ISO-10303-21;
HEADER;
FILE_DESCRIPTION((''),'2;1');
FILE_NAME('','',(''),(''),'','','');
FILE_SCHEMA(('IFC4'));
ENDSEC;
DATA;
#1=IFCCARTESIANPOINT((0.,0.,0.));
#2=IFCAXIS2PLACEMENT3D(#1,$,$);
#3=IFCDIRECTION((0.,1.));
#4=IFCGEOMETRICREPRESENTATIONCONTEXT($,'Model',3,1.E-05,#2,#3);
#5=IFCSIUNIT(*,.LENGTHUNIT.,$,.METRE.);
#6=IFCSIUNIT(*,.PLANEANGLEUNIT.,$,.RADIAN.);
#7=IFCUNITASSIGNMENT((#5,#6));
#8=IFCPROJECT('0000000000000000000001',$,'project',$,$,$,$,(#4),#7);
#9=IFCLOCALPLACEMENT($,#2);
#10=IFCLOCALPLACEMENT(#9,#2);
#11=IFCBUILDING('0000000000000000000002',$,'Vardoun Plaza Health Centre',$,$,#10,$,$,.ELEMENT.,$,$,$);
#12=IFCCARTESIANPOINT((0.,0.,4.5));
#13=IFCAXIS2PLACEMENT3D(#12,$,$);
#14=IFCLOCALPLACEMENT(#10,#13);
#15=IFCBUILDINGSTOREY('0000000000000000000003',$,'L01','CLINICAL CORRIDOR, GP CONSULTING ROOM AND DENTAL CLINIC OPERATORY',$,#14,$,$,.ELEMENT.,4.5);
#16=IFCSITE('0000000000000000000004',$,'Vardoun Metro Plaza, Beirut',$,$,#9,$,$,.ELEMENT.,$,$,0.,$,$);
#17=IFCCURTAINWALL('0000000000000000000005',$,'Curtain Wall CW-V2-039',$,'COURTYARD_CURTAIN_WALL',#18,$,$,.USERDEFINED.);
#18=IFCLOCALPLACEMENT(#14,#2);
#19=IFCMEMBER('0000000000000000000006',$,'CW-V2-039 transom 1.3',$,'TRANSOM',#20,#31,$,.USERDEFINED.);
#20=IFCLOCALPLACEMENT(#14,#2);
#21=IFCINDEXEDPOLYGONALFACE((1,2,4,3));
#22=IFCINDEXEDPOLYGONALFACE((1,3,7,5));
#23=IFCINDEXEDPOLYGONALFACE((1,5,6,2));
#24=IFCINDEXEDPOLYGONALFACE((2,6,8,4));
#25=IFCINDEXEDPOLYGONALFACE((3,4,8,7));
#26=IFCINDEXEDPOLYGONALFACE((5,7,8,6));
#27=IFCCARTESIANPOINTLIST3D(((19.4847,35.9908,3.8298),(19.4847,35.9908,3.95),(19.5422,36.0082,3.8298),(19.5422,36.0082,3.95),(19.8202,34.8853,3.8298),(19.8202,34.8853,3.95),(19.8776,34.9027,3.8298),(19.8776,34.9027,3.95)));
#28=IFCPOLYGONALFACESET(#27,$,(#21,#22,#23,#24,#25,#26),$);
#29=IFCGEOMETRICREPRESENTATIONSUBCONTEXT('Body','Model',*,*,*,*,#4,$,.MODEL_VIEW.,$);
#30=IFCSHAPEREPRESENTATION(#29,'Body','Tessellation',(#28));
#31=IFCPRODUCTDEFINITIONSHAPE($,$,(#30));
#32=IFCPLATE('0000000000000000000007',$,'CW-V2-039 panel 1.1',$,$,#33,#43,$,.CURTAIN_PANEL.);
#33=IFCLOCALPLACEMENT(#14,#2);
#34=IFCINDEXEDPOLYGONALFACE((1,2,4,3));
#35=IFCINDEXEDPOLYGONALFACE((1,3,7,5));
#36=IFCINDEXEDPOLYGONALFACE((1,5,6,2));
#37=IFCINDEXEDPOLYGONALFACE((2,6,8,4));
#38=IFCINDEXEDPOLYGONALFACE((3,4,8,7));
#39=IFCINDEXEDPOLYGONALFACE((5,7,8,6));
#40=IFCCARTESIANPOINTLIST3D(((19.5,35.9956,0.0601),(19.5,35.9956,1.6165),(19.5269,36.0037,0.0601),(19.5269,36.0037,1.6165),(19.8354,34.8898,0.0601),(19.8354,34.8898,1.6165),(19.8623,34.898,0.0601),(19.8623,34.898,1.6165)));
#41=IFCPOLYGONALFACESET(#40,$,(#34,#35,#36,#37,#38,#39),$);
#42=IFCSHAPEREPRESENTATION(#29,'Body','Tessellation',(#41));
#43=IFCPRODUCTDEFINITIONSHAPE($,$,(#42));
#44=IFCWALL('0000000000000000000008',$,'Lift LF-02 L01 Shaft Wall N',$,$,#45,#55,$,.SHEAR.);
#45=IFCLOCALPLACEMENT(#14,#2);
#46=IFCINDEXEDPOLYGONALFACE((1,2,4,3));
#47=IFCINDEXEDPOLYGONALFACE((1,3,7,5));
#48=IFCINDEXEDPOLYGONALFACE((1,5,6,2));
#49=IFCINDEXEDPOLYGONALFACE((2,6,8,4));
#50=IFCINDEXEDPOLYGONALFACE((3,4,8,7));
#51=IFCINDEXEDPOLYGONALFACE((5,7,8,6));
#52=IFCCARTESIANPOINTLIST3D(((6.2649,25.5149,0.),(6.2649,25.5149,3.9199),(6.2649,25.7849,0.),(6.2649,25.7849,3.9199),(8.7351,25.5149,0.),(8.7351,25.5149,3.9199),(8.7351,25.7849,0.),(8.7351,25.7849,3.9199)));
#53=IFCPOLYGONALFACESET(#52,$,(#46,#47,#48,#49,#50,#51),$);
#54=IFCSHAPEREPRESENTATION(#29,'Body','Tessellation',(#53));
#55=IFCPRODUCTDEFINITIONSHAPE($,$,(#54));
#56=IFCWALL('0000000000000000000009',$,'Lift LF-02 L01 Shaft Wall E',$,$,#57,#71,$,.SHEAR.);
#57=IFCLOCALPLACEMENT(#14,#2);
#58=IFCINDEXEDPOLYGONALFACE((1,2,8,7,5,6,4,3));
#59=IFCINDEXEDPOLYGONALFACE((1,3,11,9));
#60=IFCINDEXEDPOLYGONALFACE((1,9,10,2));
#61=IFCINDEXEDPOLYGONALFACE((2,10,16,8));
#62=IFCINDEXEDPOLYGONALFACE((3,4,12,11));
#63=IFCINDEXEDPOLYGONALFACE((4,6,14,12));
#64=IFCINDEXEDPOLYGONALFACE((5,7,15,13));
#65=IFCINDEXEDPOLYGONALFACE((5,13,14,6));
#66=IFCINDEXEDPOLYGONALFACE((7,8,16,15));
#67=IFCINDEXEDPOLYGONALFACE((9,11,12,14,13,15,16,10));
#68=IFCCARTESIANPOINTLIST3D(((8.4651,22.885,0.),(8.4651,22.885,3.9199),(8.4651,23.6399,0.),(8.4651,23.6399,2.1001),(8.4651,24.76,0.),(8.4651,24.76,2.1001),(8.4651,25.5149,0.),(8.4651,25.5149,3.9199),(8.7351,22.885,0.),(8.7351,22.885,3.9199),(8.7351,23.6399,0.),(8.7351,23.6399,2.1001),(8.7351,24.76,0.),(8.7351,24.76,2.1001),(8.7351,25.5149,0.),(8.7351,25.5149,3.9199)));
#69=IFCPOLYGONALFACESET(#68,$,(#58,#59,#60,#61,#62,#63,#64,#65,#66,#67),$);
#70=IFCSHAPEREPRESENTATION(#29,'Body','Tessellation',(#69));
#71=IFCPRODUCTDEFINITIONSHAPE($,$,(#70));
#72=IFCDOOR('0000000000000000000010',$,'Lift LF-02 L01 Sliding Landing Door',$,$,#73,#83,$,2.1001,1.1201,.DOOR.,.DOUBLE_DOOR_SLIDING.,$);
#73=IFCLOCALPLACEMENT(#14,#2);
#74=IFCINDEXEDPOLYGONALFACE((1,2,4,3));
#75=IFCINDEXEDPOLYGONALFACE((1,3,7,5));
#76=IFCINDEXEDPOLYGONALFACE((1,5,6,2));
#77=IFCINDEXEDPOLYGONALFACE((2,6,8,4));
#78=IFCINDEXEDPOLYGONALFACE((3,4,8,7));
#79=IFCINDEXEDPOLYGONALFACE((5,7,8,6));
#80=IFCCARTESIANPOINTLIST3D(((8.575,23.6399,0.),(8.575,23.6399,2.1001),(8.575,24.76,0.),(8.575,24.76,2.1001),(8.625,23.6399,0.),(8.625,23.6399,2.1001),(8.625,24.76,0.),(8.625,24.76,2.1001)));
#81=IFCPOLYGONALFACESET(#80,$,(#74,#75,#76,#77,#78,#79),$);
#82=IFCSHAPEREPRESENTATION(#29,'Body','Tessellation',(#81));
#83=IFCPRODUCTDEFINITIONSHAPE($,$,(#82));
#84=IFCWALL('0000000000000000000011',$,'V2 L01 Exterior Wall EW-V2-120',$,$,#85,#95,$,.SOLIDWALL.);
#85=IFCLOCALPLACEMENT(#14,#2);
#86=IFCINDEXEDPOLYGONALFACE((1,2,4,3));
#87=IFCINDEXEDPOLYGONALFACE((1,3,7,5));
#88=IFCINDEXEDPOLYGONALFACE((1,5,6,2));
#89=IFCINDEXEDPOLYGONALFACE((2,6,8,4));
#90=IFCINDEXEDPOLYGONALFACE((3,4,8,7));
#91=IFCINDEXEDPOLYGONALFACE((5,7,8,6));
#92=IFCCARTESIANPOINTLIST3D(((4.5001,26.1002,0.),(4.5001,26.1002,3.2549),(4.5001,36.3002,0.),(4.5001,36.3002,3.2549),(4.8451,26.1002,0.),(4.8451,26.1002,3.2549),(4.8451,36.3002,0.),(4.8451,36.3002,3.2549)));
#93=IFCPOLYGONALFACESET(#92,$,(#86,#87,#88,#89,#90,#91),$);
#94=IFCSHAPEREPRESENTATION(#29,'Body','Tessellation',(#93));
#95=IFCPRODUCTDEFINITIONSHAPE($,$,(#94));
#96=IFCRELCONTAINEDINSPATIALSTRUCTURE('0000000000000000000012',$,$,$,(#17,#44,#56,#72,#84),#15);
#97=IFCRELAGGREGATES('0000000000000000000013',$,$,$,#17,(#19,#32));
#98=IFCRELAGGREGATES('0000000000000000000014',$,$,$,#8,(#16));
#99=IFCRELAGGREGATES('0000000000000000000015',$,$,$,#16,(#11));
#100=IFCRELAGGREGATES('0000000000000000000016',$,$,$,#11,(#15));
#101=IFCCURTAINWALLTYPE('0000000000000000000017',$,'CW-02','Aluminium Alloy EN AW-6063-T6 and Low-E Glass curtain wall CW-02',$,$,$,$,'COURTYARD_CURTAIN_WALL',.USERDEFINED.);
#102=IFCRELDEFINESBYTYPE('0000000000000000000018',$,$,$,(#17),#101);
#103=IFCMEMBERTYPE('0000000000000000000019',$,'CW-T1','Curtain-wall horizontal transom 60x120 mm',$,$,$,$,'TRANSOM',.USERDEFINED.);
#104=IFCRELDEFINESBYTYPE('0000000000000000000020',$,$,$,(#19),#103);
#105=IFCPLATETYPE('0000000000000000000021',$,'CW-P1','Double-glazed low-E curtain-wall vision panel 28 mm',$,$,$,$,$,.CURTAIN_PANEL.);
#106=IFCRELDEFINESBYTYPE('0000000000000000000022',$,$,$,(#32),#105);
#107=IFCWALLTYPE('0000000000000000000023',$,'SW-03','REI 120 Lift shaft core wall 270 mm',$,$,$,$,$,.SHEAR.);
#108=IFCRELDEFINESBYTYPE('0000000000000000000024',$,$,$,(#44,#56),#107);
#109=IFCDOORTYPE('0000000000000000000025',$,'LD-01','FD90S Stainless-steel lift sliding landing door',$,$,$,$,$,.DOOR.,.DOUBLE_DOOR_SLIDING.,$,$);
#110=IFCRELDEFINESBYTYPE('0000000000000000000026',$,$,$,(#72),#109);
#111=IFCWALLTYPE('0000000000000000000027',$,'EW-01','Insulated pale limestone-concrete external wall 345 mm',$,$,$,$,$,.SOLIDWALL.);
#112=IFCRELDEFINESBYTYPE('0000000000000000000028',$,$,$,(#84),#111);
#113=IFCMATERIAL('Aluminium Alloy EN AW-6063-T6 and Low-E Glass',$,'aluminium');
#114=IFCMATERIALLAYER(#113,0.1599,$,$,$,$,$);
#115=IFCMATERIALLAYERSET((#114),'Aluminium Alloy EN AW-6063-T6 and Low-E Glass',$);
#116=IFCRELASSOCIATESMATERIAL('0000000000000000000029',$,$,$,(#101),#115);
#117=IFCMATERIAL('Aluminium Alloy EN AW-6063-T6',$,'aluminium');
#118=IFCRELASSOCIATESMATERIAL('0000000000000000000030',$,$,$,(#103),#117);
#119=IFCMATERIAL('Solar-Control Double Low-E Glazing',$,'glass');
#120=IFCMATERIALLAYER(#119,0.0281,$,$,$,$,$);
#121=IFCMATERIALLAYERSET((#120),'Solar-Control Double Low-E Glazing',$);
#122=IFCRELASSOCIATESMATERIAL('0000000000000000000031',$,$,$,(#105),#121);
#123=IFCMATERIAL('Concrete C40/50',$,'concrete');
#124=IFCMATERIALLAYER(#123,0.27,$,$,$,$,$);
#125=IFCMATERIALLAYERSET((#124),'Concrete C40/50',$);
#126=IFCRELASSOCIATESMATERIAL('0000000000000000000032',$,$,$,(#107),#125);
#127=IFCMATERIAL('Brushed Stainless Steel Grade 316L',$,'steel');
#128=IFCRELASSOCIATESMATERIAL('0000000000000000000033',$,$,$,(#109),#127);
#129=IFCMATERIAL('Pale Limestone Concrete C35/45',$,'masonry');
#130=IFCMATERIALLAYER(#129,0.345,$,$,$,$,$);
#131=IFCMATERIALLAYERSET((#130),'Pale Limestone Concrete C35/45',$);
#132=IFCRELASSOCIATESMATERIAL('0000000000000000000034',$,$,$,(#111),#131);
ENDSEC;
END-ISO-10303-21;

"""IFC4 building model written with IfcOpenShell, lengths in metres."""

from ifc_helpers import new_model, si_unit, direction, frame, frame_2d, origin, origin_2d, place, context, subcontext, project, spatial, rectangle, extrude, material, layer, layer_set, material_profile, profile_set, type_object, element, fill, aggregate, save


model = new_model("IFC4")

# Units and contexts
model_context = context("Model", 3, precision=1e-05, world=origin(), true_north=direction((0.0, 1.0)))
body_context = subcontext(model_context, "Body", "Model", "MODEL_VIEW")
ifc_project = project(units=[si_unit("LENGTHUNIT", "METRE"), si_unit("PLANEANGLEUNIT", "RADIAN")], contexts=[model_context])

# Site, building, storey
site_placement = place(None, origin())
site = spatial("IfcSite", under=ifc_project, at=site_placement, Name="Vardoun Metro Plaza, Beirut", CompositionType="ELEMENT", RefElevation=0.0)
building_placement = place(site_placement, origin())
building = spatial("IfcBuilding", under=site, at=building_placement, Name="Vardoun Plaza Health Centre", CompositionType="ELEMENT")
storey_placement = place(building_placement, frame((0.0, 0.0, 4.5)))
storey = spatial("IfcBuildingStorey", under=building, at=storey_placement, Name="L01", Description="CLINICAL CORRIDOR, GP CONSULTING ROOM AND DENTAL CLINIC OPERATORY", CompositionType="ELEMENT", Elevation=4.5)

# Curtain wall, member, plate
ifc_material_1 = material(Name="Aluminium Alloy EN AW-6063-T6 and Low-E Glass", Category="aluminium")
ifc_layer_1 = layer(ifc_material_1, 0.1599)
ifc_layer_set_1 = layer_set([ifc_layer_1], Name="Aluminium Alloy EN AW-6063-T6 and Low-E Glass")
curtain_wall_type = type_object("IfcCurtainWallType", Name="CW-02", Description="Aluminium Alloy EN AW-6063-T6 and Low-E Glass curtain wall CW-02", ElementType="COURTYARD_CURTAIN_WALL", PredefinedType="USERDEFINED", material=ifc_layer_set_1)
curtain_wall_placement = place(storey_placement, origin())
curtain_wall = element("IfcCurtainWall", 1, at=curtain_wall_placement, inside=storey, type_object=curtain_wall_type, Name="Curtain Wall CW-V2-039", ObjectType="COURTYARD_CURTAIN_WALL", PredefinedType="USERDEFINED")
ifc_material_2 = material(Name="Aluminium Alloy EN AW-6063-T6", Category="aluminium")
ifc_material_profile_1 = material_profile(ifc_material_2, rectangle(XDim=0.0601, YDim=0.1201, at=origin_2d()), Name="CWT 60x120")
ifc_profile_set_1 = profile_set([ifc_material_profile_1], Name="Aluminium Alloy EN AW-6063-T6")
member_type_1 = type_object("IfcMemberType", Name="CW-T1", Description="Curtain-wall horizontal transom 60x120 mm", ElementType="TRANSOM", PredefinedType="USERDEFINED", material=ifc_profile_set_1)
member_1_placement = place(storey_placement, frame((19.5134, 35.9995, 3.8899), z_axis=(0.290371, -0.956914, 0.0), x_axis=(0.956914, 0.290371, 0.0)))
member_1 = element("IfcMember", 2, at=member_1_placement, type_object=member_type_1, Name="CW-V2-039 transom 1.3", ObjectType="TRANSOM", PredefinedType="USERDEFINED", context=body_context, shape_type="SweptSolid", body=[
    extrude(rectangle(XDim=0.0601, YDim=0.1201, at=origin_2d()), origin(), (0.0, 0.0, 1.0), 1.1553),
])
ifc_material_3 = material(Name="Solar-Control Double Low-E Glazing", Category="glass")
ifc_layer_2 = layer(ifc_material_3, 0.0281)
ifc_layer_set_2 = layer_set([ifc_layer_2], Name="Solar-Control Double Low-E Glazing")
plate_type = type_object("IfcPlateType", Name="CW-P1", Description="Double-glazed low-E curtain-wall vision panel 28 mm", PredefinedType="CURTAIN_PANEL", material=ifc_layer_set_2)
plate_placement = place(storey_placement, frame((19.6812, 35.4468, 0.0601), z_axis=(0.0, 0.0, 1.0), x_axis=(0.2903, -0.956936, 0.0)))
plate = element("IfcPlate", 3, at=plate_placement, type_object=plate_type, Name="CW-V2-039 panel 1.1", PredefinedType="CURTAIN_PANEL", context=body_context, shape_type="SweptSolid", body=[
    extrude(rectangle(XDim=1.1555, YDim=0.0281, at=origin_2d()), origin(), (0.0, 0.0, 1.0), 1.5564),
])
aggregate(curtain_wall, [member_1, plate])

# Wall
ifc_material_4 = material(Name="Concrete C40/50", Category="concrete")
ifc_layer_3 = layer(ifc_material_4, 0.27)
ifc_layer_set_3 = layer_set([ifc_layer_3], Name="Concrete C40/50")
wall_type_1 = type_object("IfcWallType", Name="SW-03", Description="REI 120 Lift shaft core wall 270 mm", PredefinedType="SHEAR", material=ifc_layer_set_3)
wall_1_placement = place(storey_placement, frame((6.2649, 25.6499, 0.0), z_axis=(0.0, 0.0, 1.0), x_axis=(1.0, 0.0, 0.0)))
element("IfcWall", 4, at=wall_1_placement, inside=storey, type_object=wall_type_1, Name="Lift LF-02 L01 Shaft Wall N", PredefinedType="SHEAR", context=body_context, shape_type="SweptSolid", body=[
    extrude(rectangle(XDim=2.4702, YDim=0.27, at=frame_2d((1.2351, 0.0))), origin(), (0.0, 0.0, 1.0), 3.9199),
])

# Wall, opening, door
wall_2_placement = place(storey_placement, frame((8.6001, 25.5149, 0.0), z_axis=(0.0, 0.0, 1.0), x_axis=(0.0, -1.0, 0.0)))
wall_2 = element("IfcWall", 5, at=wall_2_placement, inside=storey, type_object=wall_type_1, Name="Lift LF-02 L01 Shaft Wall E", PredefinedType="SHEAR", context=body_context, shape_type="SweptSolid", body=[
    extrude(rectangle(XDim=2.6299, YDim=0.27, at=frame_2d((1.3149, 0.0))), origin(), (0.0, 0.0, 1.0), 3.9199),
])
opening_1_placement = place(wall_2_placement, frame((0.7549, 0.0, 0.0)))
opening_1 = element("IfcOpeningElement", 6, at=opening_1_placement, cuts=wall_2, PredefinedType="OPENING", context=body_context, shape_type="SweptSolid", body=[
    extrude(rectangle(XDim=1.1201, YDim=2.1001, at=frame_2d((0.5601, 1.05))), frame((0.0, 0.135, 0.0), z_axis=(0.0, -1.0, 0.0), x_axis=(1.0, 0.0, 0.0)), (0.0, 0.0, 1.0), 0.27),
])
ifc_material_5 = material(Name="Brushed Stainless Steel Grade 316L", Category="steel")
door_type_1 = type_object("IfcDoorType", Name="LD-01", Description="FD90S Stainless-steel lift sliding landing door", OperationType="DOUBLE_DOOR_SLIDING", PredefinedType="DOOR", material=ifc_material_5)
door_1_placement = place(opening_1_placement, origin())
door_1 = element("IfcDoor", 7, at=door_1_placement, inside=storey, type_object=door_type_1, Name="Lift LF-02 L01 Sliding Landing Door", OperationType="DOUBLE_DOOR_SLIDING", OverallHeight=2.1001, OverallWidth=1.1201, PredefinedType="DOOR", context=body_context, shape_type="SweptSolid", body=[
    extrude(rectangle(XDim=1.1201, YDim=2.1001, at=frame_2d((0.5601, 1.05))), frame((0.0, 0.0249, 0.0), z_axis=(0.0, -1.0, 0.0), x_axis=(1.0, 0.0, 0.0)), (0.0, 0.0, 1.0), 0.05),
])
fill(opening_1, door_1)

# Wall
ifc_material_6 = material(Name="Pale Limestone Concrete C35/45", Category="masonry")
ifc_layer_4 = layer(ifc_material_6, 0.345)
ifc_layer_set_4 = layer_set([ifc_layer_4], Name="Pale Limestone Concrete C35/45")
wall_type_2 = type_object("IfcWallType", Name="EW-01", Description="Insulated pale limestone-concrete external wall 345 mm", PredefinedType="SOLIDWALL", material=ifc_layer_set_4)
wall_3_placement = place(storey_placement, frame((4.6726, 26.1001, 0.0), z_axis=(0.0, 0.0, 1.0), x_axis=(0.0, 1.0, 0.0)))
element("IfcWall", 8, at=wall_3_placement, inside=storey, type_object=wall_type_2, Name="V2 L01 Exterior Wall EW-V2-120", PredefinedType="SOLIDWALL", context=body_context, shape_type="SweptSolid", body=[
    extrude(rectangle(XDim=10.2, YDim=0.345, at=frame_2d((5.1001, 0.0))), origin(), (0.0, 0.0, 1.0), 3.2549),
])

save(model, "model.ifc")
